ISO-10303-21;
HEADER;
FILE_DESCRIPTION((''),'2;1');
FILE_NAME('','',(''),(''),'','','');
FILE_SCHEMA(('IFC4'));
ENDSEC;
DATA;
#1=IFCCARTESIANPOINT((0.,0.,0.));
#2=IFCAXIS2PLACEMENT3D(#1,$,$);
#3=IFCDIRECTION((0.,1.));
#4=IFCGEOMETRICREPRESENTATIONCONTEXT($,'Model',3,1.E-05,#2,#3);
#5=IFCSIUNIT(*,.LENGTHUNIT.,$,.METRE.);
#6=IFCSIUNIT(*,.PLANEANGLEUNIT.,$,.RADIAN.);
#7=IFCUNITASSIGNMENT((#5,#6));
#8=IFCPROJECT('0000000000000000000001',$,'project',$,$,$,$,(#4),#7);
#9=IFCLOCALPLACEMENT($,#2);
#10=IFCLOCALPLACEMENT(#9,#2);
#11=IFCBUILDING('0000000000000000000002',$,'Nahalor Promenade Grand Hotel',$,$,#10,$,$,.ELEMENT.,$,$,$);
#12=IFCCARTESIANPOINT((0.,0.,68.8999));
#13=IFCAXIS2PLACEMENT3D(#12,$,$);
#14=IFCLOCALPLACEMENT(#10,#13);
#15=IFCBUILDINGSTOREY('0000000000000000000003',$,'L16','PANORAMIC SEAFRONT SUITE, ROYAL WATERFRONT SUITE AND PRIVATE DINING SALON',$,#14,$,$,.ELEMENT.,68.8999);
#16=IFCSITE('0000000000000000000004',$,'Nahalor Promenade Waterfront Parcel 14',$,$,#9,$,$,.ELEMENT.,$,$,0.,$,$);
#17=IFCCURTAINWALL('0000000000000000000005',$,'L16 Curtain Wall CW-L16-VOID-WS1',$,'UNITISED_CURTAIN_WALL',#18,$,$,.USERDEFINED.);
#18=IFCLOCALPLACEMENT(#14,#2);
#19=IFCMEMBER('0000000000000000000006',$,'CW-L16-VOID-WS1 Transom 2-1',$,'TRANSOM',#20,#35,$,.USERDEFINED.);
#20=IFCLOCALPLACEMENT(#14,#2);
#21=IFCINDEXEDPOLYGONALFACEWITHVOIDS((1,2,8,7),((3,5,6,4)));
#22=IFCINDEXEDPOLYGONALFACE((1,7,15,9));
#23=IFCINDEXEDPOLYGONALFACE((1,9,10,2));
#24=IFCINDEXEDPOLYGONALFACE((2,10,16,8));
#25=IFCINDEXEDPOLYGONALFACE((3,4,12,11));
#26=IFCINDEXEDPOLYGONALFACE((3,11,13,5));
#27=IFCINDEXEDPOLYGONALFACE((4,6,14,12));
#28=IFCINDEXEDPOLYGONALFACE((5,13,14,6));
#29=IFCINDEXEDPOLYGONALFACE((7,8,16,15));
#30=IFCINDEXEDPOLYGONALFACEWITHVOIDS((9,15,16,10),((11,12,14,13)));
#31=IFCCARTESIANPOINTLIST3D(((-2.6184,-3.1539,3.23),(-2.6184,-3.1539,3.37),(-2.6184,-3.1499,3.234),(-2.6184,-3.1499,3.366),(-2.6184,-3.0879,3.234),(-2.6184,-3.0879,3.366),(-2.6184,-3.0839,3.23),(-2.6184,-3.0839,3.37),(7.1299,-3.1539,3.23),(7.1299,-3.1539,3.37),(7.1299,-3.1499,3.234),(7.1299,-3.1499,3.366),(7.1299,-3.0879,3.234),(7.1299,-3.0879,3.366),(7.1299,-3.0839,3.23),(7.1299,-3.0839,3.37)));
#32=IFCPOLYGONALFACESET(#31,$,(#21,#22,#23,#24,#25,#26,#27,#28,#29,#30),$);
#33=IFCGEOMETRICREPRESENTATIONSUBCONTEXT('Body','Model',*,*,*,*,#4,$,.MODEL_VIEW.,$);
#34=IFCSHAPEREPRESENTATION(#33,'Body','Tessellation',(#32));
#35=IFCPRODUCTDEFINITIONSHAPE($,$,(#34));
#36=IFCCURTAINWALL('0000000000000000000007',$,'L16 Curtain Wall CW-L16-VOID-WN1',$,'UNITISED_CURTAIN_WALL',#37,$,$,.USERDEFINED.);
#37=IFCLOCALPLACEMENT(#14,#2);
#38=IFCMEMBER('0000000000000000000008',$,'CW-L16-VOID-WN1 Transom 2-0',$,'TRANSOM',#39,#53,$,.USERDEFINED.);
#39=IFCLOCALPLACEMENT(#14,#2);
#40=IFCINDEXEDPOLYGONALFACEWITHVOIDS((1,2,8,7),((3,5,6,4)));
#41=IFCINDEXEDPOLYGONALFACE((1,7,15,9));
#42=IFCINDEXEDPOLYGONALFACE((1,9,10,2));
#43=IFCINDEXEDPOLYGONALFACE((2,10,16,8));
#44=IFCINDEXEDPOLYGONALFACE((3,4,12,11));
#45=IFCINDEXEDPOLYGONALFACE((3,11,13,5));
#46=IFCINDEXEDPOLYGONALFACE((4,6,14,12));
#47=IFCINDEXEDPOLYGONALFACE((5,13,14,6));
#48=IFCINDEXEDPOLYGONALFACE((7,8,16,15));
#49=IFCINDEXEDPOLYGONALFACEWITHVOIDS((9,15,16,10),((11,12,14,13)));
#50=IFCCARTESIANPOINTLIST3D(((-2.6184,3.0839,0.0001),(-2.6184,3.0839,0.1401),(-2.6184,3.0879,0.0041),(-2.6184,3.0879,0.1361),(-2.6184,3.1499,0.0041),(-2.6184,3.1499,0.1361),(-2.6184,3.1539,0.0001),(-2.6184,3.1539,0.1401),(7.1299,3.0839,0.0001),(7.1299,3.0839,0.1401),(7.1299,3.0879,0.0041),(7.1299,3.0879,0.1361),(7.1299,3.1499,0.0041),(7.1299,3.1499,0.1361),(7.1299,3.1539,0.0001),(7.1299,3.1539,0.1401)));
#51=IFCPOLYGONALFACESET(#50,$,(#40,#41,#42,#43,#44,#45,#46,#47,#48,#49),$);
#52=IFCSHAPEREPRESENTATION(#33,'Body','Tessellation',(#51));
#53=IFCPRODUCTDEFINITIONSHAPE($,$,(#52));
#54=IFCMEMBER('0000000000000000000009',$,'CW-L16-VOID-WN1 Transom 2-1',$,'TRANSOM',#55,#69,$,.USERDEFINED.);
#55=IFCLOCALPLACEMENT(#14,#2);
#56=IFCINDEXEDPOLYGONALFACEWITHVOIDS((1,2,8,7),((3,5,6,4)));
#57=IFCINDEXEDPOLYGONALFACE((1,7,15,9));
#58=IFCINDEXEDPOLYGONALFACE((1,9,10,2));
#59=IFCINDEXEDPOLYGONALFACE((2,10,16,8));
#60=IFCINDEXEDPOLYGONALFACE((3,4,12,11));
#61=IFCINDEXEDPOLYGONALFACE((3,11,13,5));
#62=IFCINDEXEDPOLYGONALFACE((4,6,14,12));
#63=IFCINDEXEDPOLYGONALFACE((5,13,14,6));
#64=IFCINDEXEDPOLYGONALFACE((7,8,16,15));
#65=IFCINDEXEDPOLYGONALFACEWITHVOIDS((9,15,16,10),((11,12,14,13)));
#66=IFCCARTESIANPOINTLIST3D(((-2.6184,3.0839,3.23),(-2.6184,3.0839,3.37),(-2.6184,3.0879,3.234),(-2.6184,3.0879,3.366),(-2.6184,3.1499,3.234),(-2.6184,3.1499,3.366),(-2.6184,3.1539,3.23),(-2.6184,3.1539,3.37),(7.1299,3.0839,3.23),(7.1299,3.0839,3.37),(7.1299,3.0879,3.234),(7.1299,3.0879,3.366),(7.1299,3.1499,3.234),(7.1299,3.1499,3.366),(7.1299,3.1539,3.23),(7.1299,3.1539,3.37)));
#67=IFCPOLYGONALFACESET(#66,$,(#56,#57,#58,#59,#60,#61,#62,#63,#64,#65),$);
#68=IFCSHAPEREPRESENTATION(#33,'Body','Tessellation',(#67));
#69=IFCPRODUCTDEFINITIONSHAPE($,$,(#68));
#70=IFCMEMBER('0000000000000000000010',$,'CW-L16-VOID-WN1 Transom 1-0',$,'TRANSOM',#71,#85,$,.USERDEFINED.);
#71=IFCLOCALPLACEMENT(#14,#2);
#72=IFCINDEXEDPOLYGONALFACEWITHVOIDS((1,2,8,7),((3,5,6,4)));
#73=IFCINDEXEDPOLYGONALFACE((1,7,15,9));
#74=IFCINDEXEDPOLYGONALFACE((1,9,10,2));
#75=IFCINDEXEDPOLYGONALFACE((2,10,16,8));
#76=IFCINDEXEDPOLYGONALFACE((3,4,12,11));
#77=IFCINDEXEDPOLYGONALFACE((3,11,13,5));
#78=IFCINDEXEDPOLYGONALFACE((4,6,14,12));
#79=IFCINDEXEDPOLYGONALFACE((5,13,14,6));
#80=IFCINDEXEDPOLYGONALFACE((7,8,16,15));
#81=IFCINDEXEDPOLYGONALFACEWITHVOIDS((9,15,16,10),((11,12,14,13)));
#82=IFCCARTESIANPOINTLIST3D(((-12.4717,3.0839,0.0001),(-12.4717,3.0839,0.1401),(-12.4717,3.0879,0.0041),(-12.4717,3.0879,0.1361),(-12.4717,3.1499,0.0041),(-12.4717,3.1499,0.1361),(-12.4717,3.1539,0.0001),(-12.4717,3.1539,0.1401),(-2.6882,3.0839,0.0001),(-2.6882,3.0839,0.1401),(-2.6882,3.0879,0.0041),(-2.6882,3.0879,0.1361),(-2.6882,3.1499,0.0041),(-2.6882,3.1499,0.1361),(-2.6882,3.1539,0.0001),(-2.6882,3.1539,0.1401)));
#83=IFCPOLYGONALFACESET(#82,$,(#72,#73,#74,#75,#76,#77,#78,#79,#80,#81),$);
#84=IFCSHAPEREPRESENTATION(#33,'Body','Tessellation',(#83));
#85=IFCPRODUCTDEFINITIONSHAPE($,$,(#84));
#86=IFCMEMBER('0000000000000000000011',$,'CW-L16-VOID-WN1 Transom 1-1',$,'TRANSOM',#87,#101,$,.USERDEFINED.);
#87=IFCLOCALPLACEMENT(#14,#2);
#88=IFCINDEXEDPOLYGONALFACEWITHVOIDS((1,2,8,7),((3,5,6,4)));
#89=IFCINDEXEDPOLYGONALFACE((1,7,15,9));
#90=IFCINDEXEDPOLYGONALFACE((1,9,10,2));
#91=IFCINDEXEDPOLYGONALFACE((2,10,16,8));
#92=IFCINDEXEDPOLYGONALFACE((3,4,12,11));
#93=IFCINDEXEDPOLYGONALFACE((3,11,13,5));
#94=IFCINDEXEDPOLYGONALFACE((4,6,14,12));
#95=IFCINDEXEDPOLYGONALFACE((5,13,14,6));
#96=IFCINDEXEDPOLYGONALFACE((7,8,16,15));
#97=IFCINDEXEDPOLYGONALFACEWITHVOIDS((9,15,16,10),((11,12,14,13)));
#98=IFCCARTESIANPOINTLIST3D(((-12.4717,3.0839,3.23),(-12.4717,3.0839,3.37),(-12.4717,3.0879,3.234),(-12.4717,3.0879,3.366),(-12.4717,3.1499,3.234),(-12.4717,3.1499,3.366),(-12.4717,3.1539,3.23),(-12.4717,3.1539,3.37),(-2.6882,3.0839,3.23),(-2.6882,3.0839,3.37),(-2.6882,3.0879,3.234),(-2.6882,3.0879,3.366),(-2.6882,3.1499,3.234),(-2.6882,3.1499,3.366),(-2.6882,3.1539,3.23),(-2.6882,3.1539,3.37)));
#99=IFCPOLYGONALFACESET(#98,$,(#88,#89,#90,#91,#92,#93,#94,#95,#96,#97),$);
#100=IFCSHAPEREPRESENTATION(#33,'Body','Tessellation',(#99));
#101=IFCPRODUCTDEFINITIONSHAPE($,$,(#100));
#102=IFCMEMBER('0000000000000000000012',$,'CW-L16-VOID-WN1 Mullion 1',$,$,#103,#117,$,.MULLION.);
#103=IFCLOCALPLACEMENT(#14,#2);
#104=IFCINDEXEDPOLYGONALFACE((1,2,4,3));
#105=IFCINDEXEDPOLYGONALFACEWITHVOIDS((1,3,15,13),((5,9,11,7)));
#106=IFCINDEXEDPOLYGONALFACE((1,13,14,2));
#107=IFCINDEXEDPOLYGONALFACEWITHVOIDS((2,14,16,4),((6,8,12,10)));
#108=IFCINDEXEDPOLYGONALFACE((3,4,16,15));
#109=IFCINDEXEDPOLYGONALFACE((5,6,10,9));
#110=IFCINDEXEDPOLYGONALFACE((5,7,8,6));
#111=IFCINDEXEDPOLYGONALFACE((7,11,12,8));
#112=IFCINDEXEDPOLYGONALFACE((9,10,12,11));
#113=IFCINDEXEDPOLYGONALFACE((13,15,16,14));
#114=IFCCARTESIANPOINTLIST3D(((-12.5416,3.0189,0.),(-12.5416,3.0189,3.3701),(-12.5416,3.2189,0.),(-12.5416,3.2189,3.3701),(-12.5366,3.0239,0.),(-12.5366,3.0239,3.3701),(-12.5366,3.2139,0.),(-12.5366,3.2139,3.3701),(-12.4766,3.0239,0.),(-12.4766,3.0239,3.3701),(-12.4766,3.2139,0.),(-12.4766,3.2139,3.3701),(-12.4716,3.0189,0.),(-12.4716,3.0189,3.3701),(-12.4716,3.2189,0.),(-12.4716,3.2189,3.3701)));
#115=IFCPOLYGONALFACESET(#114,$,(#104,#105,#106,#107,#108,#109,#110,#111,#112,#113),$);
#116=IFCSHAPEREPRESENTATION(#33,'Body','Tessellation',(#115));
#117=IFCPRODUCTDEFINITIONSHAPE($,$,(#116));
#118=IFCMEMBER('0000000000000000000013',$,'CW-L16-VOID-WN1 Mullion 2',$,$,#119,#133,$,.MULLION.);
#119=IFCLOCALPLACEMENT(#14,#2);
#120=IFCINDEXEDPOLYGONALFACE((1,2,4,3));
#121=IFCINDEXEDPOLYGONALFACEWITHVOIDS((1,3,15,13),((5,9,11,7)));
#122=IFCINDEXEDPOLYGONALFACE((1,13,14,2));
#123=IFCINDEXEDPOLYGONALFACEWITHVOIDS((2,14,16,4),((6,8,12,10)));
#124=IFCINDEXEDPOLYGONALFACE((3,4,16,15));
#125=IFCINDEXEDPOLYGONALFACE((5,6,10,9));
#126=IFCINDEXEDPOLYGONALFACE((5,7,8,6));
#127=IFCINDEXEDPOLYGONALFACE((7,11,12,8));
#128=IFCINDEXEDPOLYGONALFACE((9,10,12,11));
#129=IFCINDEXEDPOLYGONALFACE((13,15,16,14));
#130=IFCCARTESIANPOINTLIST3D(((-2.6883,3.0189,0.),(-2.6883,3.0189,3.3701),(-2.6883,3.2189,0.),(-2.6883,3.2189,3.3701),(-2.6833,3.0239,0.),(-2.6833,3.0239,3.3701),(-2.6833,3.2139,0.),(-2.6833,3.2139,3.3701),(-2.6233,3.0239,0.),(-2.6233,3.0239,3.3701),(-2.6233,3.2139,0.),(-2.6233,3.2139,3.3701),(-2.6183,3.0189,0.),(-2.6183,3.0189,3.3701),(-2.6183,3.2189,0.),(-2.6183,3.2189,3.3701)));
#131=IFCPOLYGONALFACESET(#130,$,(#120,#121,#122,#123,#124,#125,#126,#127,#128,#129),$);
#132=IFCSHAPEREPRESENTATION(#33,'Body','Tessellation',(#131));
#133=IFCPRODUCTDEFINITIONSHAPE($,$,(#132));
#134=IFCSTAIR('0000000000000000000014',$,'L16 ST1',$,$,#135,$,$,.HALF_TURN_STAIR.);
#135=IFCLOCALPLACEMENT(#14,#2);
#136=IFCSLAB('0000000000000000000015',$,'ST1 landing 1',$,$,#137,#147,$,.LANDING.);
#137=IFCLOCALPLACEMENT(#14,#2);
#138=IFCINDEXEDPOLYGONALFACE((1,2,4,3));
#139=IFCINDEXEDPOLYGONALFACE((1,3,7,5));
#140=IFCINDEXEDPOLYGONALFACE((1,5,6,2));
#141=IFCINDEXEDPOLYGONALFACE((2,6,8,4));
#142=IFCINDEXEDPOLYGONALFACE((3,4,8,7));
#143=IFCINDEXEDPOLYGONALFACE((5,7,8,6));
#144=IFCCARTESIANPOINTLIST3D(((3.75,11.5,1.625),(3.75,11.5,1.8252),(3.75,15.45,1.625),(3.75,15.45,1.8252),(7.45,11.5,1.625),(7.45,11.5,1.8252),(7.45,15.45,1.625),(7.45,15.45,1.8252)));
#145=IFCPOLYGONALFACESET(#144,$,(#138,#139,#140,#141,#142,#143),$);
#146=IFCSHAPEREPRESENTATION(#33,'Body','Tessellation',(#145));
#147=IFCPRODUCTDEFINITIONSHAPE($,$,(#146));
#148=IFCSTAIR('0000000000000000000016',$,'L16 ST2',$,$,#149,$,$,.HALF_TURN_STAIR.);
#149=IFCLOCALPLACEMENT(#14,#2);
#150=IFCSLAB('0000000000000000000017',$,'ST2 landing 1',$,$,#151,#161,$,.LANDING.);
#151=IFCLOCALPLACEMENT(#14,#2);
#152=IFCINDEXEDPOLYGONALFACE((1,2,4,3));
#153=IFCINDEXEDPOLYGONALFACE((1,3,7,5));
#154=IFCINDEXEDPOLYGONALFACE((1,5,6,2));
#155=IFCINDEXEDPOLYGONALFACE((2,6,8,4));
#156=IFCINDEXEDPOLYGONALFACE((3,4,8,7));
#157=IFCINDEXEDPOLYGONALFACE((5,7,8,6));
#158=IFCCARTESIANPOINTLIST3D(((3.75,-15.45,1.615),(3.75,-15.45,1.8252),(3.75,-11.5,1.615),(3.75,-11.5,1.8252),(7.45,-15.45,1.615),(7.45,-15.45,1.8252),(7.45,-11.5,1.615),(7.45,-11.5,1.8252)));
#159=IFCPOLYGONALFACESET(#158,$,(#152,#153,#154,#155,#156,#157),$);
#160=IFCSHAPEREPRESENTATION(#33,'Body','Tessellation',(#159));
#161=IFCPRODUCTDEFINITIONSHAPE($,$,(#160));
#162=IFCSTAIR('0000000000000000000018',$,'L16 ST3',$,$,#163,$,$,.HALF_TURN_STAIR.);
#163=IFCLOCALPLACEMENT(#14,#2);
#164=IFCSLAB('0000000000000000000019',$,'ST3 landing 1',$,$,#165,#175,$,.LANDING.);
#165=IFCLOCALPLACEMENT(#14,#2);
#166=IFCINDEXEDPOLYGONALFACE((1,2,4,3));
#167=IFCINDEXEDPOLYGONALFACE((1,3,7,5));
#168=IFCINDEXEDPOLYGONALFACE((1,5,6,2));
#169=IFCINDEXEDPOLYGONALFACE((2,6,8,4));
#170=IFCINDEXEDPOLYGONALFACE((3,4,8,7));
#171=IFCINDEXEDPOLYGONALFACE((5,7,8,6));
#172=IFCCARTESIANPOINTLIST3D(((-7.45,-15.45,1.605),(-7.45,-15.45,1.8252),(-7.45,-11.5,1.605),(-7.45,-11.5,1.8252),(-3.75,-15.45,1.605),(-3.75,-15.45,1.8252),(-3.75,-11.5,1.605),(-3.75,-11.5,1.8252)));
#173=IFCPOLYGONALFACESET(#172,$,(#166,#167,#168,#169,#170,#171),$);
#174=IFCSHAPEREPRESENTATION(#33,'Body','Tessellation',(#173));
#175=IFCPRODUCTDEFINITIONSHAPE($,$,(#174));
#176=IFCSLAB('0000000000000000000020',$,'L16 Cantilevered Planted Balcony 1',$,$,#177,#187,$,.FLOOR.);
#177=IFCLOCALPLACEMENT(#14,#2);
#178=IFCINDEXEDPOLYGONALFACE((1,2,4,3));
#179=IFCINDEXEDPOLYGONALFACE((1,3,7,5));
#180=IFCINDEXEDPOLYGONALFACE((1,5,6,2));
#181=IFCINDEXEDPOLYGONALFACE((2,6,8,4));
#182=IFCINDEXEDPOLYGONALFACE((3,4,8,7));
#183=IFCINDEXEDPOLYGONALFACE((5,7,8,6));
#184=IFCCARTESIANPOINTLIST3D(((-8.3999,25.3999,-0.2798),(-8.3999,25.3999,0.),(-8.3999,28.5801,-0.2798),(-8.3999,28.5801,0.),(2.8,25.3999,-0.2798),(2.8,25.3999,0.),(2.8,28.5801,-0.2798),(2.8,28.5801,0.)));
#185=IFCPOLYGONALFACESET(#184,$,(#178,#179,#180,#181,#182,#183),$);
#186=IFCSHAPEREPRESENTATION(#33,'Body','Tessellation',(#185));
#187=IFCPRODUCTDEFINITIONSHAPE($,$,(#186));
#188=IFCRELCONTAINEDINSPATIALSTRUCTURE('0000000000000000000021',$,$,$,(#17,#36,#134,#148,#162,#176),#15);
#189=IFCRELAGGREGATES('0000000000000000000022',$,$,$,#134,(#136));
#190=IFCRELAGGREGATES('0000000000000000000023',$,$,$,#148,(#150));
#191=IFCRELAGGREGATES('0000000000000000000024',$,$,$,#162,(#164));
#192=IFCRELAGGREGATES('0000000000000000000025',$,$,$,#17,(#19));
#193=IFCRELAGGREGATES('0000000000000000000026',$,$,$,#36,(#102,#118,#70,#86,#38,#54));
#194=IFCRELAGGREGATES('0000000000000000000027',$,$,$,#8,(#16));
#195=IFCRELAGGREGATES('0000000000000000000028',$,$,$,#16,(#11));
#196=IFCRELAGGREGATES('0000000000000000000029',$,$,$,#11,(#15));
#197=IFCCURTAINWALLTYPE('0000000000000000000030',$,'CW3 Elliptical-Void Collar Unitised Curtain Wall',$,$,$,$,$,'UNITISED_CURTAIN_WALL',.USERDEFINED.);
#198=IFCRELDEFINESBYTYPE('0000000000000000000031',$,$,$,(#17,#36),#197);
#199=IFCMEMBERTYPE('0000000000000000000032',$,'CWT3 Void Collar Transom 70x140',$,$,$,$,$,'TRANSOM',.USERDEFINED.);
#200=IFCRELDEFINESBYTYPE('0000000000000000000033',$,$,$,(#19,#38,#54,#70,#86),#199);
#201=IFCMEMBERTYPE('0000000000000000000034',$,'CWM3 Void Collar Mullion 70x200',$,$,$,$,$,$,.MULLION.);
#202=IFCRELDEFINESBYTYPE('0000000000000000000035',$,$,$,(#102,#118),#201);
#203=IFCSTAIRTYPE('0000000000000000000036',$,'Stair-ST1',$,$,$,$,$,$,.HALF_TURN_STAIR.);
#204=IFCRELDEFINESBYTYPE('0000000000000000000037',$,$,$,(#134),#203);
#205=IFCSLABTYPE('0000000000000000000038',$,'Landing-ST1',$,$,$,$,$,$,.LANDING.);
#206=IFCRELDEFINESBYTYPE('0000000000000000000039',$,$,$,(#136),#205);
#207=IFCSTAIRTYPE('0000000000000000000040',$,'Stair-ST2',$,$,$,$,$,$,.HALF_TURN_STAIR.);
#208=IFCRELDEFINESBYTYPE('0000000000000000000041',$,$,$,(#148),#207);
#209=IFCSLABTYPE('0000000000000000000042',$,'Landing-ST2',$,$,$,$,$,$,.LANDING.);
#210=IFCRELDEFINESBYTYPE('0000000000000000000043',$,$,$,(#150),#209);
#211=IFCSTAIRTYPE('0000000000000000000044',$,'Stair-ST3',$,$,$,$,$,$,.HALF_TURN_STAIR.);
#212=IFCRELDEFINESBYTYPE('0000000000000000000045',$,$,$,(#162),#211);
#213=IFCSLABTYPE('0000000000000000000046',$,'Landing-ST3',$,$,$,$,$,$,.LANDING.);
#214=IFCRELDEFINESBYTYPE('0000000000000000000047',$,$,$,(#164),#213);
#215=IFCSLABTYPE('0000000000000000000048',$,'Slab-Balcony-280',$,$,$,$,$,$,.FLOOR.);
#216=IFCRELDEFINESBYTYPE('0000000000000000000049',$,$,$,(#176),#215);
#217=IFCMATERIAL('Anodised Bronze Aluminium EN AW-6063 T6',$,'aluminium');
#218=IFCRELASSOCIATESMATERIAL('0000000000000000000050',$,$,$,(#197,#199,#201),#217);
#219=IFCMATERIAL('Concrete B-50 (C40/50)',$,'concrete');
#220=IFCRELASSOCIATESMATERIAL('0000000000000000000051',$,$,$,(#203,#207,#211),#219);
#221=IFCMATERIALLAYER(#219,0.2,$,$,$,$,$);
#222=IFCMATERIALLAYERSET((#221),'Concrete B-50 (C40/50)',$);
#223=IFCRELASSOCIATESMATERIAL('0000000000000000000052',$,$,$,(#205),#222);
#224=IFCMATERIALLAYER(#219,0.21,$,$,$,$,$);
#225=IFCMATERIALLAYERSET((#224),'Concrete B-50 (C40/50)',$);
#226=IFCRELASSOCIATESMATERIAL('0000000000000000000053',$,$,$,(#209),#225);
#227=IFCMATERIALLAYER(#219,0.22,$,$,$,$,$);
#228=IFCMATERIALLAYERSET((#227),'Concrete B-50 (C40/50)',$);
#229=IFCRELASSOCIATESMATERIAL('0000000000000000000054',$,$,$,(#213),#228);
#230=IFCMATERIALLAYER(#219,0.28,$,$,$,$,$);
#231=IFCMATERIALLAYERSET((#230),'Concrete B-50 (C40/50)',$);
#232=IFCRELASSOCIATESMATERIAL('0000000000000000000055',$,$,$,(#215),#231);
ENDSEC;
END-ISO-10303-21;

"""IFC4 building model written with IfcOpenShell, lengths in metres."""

from ifc_helpers import new_model, si_unit, direction, frame, origin, origin_2d, place, context, subcontext, project, spatial, polyline, hollow_rectangle, outline, extrude, source, transform, mapped, material, layer, layer_set, material_profile, profile_set, type_object, element, aggregate, save


model = new_model("IFC4")

# Units and contexts
model_context = context("Model", 3, precision=1e-05, world=origin(), true_north=direction((0.0, 1.0)))
body_context = subcontext(model_context, "Body", "Model", "MODEL_VIEW")
ifc_project = project(units=[si_unit("LENGTHUNIT", "METRE"), si_unit("PLANEANGLEUNIT", "RADIAN")], contexts=[model_context])

# Site, building, storey
site_placement = place(None, origin())
site = spatial("IfcSite", under=ifc_project, at=site_placement, Name="Nahalor Promenade Waterfront Parcel 14", CompositionType="ELEMENT", RefElevation=0.0)
building_placement = place(site_placement, origin())
building = spatial("IfcBuilding", under=site, at=building_placement, Name="Nahalor Promenade Grand Hotel", CompositionType="ELEMENT")
storey_placement = place(building_placement, frame((0.0, 0.0, 68.8999)))
storey = spatial("IfcBuildingStorey", under=building, at=storey_placement, Name="L16", Description="PANORAMIC SEAFRONT SUITE, ROYAL WATERFRONT SUITE AND PRIVATE DINING SALON", CompositionType="ELEMENT", Elevation=68.8999)

# Curtain walls, members
ifc_material_1 = material(Name="Anodised Bronze Aluminium EN AW-6063 T6", Category="aluminium")
curtain_wall_type = type_object("IfcCurtainWallType", Name="CW3 Elliptical-Void Collar Unitised Curtain Wall", ElementType="UNITISED_CURTAIN_WALL", PredefinedType="USERDEFINED", material=ifc_material_1)
curtain_wall_1_placement = place(storey_placement, origin())
curtain_wall_1 = element("IfcCurtainWall", 1, at=curtain_wall_1_placement, inside=storey, type_object=curtain_wall_type, Name="L16 Curtain Wall CW-L16-VOID-WS1", ObjectType="UNITISED_CURTAIN_WALL", PredefinedType="USERDEFINED")
ifc_material_profile_1 = material_profile(ifc_material_1, hollow_rectangle(XDim=0.07, YDim=0.14, WallThickness=0.004, at=origin_2d()), Name="CWT 70x140x4")
ifc_profile_set_1 = profile_set([ifc_material_profile_1], Name="Anodised Bronze Aluminium EN AW-6063 T6")
member_type_1 = type_object("IfcMemberType", Name="CWT3 Void Collar Transom 70x140", ElementType="TRANSOM", PredefinedType="USERDEFINED", material=ifc_profile_set_1)
shared_shape_1 = source(origin(), body_context, "Body", "SweptSolid", [
    extrude(hollow_rectangle(XDim=0.07, YDim=0.14, WallThickness=0.004, at=origin_2d()), origin(), (0.0, 0.0, 1.0), 9.7483),
])
member_1_placement = place(storey_placement, frame((-2.6184, -3.1189, 3.3), z_axis=(1.0, 0.0, 0.0), x_axis=(0.0, 1.0, 0.0)))
member_1 = element("IfcMember", 2, at=member_1_placement, type_object=member_type_1, Name="CW-L16-VOID-WS1 Transom 2-1", ObjectType="TRANSOM", PredefinedType="USERDEFINED", context=body_context, shape_type="MappedRepresentation", body=[
    mapped(shared_shape_1, transform((0.0, 0.0, 0.0), scale=1.0)),
])
curtain_wall_2_placement = place(storey_placement, origin())
curtain_wall_2 = element("IfcCurtainWall", 3, at=curtain_wall_2_placement, inside=storey, type_object=curtain_wall_type, Name="L16 Curtain Wall CW-L16-VOID-WN1", ObjectType="UNITISED_CURTAIN_WALL", PredefinedType="USERDEFINED")
member_2_placement = place(storey_placement, frame((-2.6184, 3.1189, 0.0701), z_axis=(1.0, 0.0, 0.0), x_axis=(0.0, 1.0, 0.0)))
member_2 = element("IfcMember", 4, at=member_2_placement, type_object=member_type_1, Name="CW-L16-VOID-WN1 Transom 2-0", ObjectType="TRANSOM", PredefinedType="USERDEFINED", context=body_context, shape_type="MappedRepresentation", body=[
    mapped(shared_shape_1, transform((0.0, 0.0, 0.0), scale=1.0)),
])
member_3_placement = place(storey_placement, frame((-2.6184, 3.1189, 3.3), z_axis=(1.0, 0.0, 0.0), x_axis=(0.0, 1.0, 0.0)))
member_3 = element("IfcMember", 5, at=member_3_placement, type_object=member_type_1, Name="CW-L16-VOID-WN1 Transom 2-1", ObjectType="TRANSOM", PredefinedType="USERDEFINED", context=body_context, shape_type="MappedRepresentation", body=[
    mapped(shared_shape_1, transform((0.0, 0.0, 0.0), scale=1.0)),
])
shared_shape_2 = source(origin(), body_context, "Body", "SweptSolid", [
    extrude(hollow_rectangle(XDim=0.07, YDim=0.14, WallThickness=0.004, at=origin_2d()), origin(), (0.0, 0.0, 1.0), 9.7834),
])
member_4_placement = place(storey_placement, frame((-12.4717, 3.1189, 0.0701), z_axis=(1.0, 0.0, 0.0), x_axis=(0.0, 1.0, 0.0)))
member_4 = element("IfcMember", 6, at=member_4_placement, type_object=member_type_1, Name="CW-L16-VOID-WN1 Transom 1-0", ObjectType="TRANSOM", PredefinedType="USERDEFINED", context=body_context, shape_type="MappedRepresentation", body=[
    mapped(shared_shape_2, transform((0.0, 0.0, 0.0), scale=1.0)),
])
member_5_placement = place(storey_placement, frame((-12.4717, 3.1189, 3.3), z_axis=(1.0, 0.0, 0.0), x_axis=(0.0, 1.0, 0.0)))
member_5 = element("IfcMember", 7, at=member_5_placement, type_object=member_type_1, Name="CW-L16-VOID-WN1 Transom 1-1", ObjectType="TRANSOM", PredefinedType="USERDEFINED", context=body_context, shape_type="MappedRepresentation", body=[
    mapped(shared_shape_2, transform((0.0, 0.0, 0.0), scale=1.0)),
])
ifc_material_profile_2 = material_profile(ifc_material_1, hollow_rectangle(XDim=0.07, YDim=0.2, WallThickness=0.005, at=origin_2d()), Name="CWM 70x200x5")
ifc_profile_set_2 = profile_set([ifc_material_profile_2], Name="Anodised Bronze Aluminium EN AW-6063 T6")
member_type_2 = type_object("IfcMemberType", Name="CWM3 Void Collar Mullion 70x200", PredefinedType="MULLION", material=ifc_profile_set_2)
shared_shape_3 = source(origin(), body_context, "Body", "SweptSolid", [
    extrude(hollow_rectangle(XDim=0.07, YDim=0.2, WallThickness=0.005, at=origin_2d()), origin(), (0.0, 0.0, 1.0), 3.3701),
])
member_6_placement = place(storey_placement, frame((-12.5066, 3.1189, 0.0), z_axis=(0.0, 0.0, 1.0), x_axis=(1.0, 0.0, 0.0)))
member_6 = element("IfcMember", 8, at=member_6_placement, type_object=member_type_2, Name="CW-L16-VOID-WN1 Mullion 1", PredefinedType="MULLION", context=body_context, shape_type="MappedRepresentation", body=[
    mapped(shared_shape_3, transform((0.0, 0.0, 0.0), scale=1.0)),
])
member_7_placement = place(storey_placement, frame((-2.6533, 3.1189, 0.0), z_axis=(0.0, 0.0, 1.0), x_axis=(1.0, 0.0, 0.0)))
member_7 = element("IfcMember", 9, at=member_7_placement, type_object=member_type_2, Name="CW-L16-VOID-WN1 Mullion 2", PredefinedType="MULLION", context=body_context, shape_type="MappedRepresentation", body=[
    mapped(shared_shape_3, transform((0.0, 0.0, 0.0), scale=1.0)),
])

# Stairs, slabs
ifc_material_2 = material(Name="Concrete B-50 (C40/50)", Category="concrete")
stair_type_1 = type_object("IfcStairType", Name="Stair-ST1", PredefinedType="HALF_TURN_STAIR", material=ifc_material_2)
stair_1_placement = place(storey_placement, origin())
stair_1 = element("IfcStair", 10, at=stair_1_placement, inside=storey, type_object=stair_type_1, Name="L16 ST1", PredefinedType="HALF_TURN_STAIR")
ifc_layer_1 = layer(ifc_material_2, 0.2)
ifc_layer_set_1 = layer_set([ifc_layer_1], Name="Concrete B-50 (C40/50)")
slab_type_1 = type_object("IfcSlabType", Name="Landing-ST1", PredefinedType="LANDING", material=ifc_layer_set_1)
slab_1_placement = place(storey_placement, frame((0.0, 0.0, 1.625)))
slab_1 = element("IfcSlab", 11, at=slab_1_placement, type_object=slab_type_1, Name="ST1 landing 1", PredefinedType="LANDING", context=body_context, shape_type="SweptSolid", body=[
    extrude(outline(polyline([(7.45, 11.5), (7.45, 15.45), (3.75, 15.45), (3.75, 11.5), (7.45, 11.5)])), origin(), (0.0, 0.0, 1.0), 0.2002),
])
aggregate(stair_1, [slab_1])
stair_type_2 = type_object("IfcStairType", Name="Stair-ST2", PredefinedType="HALF_TURN_STAIR", material=ifc_material_2)
stair_2_placement = place(storey_placement, origin())
stair_2 = element("IfcStair", 12, at=stair_2_placement, inside=storey, type_object=stair_type_2, Name="L16 ST2", PredefinedType="HALF_TURN_STAIR")
ifc_layer_2 = layer(ifc_material_2, 0.21)
ifc_layer_set_2 = layer_set([ifc_layer_2], Name="Concrete B-50 (C40/50)")
slab_type_2 = type_object("IfcSlabType", Name="Landing-ST2", PredefinedType="LANDING", material=ifc_layer_set_2)
slab_2_placement = place(storey_placement, frame((0.0, 0.0, 1.615)))
slab_2 = element("IfcSlab", 13, at=slab_2_placement, type_object=slab_type_2, Name="ST2 landing 1", PredefinedType="LANDING", context=body_context, shape_type="SweptSolid", body=[
    extrude(outline(polyline([(3.75, -11.5), (3.75, -15.45), (7.45, -15.45), (7.45, -11.5), (3.75, -11.5)])), origin(), (0.0, 0.0, 1.0), 0.2102),
])
aggregate(stair_2, [slab_2])
stair_type_3 = type_object("IfcStairType", Name="Stair-ST3", PredefinedType="HALF_TURN_STAIR", material=ifc_material_2)
stair_3_placement = place(storey_placement, origin())
stair_3 = element("IfcStair", 14, at=stair_3_placement, inside=storey, type_object=stair_type_3, Name="L16 ST3", PredefinedType="HALF_TURN_STAIR")
ifc_layer_3 = layer(ifc_material_2, 0.22)
ifc_layer_set_3 = layer_set([ifc_layer_3], Name="Concrete B-50 (C40/50)")
slab_type_3 = type_object("IfcSlabType", Name="Landing-ST3", PredefinedType="LANDING", material=ifc_layer_set_3)
slab_3_placement = place(storey_placement, frame((0.0, 0.0, 1.605)))
slab_3 = element("IfcSlab", 15, at=slab_3_placement, type_object=slab_type_3, Name="ST3 landing 1", PredefinedType="LANDING", context=body_context, shape_type="SweptSolid", body=[
    extrude(outline(polyline([(-7.45, -11.5), (-7.45, -15.45), (-3.75, -15.45), (-3.75, -11.5), (-7.45, -11.5)])), origin(), (0.0, 0.0, 1.0), 0.2202),
])
aggregate(stair_3, [slab_3])

# Slab
ifc_layer_4 = layer(ifc_material_2, 0.28)
ifc_layer_set_4 = layer_set([ifc_layer_4], Name="Concrete B-50 (C40/50)")
slab_type_4 = type_object("IfcSlabType", Name="Slab-Balcony-280", PredefinedType="FLOOR", material=ifc_layer_set_4)
slab_4_placement = place(storey_placement, frame((0.0, 0.0, -0.2798)))
element("IfcSlab", 16, at=slab_4_placement, inside=storey, type_object=slab_type_4, Name="L16 Cantilevered Planted Balcony 1", PredefinedType="FLOOR", context=body_context, shape_type="SweptSolid", body=[
    extrude(outline(polyline([(-8.3999, 25.3999), (2.8, 25.3999), (2.8, 28.5801), (-8.3999, 28.5801), (-8.3999, 25.3999)])), origin(), (0.0, 0.0, 1.0), 0.2798),
])

aggregate(curtain_wall_1, [member_1])
aggregate(curtain_wall_2, [member_6, member_7, member_4, member_5, member_2, member_3])

save(model, "model.ifc")
